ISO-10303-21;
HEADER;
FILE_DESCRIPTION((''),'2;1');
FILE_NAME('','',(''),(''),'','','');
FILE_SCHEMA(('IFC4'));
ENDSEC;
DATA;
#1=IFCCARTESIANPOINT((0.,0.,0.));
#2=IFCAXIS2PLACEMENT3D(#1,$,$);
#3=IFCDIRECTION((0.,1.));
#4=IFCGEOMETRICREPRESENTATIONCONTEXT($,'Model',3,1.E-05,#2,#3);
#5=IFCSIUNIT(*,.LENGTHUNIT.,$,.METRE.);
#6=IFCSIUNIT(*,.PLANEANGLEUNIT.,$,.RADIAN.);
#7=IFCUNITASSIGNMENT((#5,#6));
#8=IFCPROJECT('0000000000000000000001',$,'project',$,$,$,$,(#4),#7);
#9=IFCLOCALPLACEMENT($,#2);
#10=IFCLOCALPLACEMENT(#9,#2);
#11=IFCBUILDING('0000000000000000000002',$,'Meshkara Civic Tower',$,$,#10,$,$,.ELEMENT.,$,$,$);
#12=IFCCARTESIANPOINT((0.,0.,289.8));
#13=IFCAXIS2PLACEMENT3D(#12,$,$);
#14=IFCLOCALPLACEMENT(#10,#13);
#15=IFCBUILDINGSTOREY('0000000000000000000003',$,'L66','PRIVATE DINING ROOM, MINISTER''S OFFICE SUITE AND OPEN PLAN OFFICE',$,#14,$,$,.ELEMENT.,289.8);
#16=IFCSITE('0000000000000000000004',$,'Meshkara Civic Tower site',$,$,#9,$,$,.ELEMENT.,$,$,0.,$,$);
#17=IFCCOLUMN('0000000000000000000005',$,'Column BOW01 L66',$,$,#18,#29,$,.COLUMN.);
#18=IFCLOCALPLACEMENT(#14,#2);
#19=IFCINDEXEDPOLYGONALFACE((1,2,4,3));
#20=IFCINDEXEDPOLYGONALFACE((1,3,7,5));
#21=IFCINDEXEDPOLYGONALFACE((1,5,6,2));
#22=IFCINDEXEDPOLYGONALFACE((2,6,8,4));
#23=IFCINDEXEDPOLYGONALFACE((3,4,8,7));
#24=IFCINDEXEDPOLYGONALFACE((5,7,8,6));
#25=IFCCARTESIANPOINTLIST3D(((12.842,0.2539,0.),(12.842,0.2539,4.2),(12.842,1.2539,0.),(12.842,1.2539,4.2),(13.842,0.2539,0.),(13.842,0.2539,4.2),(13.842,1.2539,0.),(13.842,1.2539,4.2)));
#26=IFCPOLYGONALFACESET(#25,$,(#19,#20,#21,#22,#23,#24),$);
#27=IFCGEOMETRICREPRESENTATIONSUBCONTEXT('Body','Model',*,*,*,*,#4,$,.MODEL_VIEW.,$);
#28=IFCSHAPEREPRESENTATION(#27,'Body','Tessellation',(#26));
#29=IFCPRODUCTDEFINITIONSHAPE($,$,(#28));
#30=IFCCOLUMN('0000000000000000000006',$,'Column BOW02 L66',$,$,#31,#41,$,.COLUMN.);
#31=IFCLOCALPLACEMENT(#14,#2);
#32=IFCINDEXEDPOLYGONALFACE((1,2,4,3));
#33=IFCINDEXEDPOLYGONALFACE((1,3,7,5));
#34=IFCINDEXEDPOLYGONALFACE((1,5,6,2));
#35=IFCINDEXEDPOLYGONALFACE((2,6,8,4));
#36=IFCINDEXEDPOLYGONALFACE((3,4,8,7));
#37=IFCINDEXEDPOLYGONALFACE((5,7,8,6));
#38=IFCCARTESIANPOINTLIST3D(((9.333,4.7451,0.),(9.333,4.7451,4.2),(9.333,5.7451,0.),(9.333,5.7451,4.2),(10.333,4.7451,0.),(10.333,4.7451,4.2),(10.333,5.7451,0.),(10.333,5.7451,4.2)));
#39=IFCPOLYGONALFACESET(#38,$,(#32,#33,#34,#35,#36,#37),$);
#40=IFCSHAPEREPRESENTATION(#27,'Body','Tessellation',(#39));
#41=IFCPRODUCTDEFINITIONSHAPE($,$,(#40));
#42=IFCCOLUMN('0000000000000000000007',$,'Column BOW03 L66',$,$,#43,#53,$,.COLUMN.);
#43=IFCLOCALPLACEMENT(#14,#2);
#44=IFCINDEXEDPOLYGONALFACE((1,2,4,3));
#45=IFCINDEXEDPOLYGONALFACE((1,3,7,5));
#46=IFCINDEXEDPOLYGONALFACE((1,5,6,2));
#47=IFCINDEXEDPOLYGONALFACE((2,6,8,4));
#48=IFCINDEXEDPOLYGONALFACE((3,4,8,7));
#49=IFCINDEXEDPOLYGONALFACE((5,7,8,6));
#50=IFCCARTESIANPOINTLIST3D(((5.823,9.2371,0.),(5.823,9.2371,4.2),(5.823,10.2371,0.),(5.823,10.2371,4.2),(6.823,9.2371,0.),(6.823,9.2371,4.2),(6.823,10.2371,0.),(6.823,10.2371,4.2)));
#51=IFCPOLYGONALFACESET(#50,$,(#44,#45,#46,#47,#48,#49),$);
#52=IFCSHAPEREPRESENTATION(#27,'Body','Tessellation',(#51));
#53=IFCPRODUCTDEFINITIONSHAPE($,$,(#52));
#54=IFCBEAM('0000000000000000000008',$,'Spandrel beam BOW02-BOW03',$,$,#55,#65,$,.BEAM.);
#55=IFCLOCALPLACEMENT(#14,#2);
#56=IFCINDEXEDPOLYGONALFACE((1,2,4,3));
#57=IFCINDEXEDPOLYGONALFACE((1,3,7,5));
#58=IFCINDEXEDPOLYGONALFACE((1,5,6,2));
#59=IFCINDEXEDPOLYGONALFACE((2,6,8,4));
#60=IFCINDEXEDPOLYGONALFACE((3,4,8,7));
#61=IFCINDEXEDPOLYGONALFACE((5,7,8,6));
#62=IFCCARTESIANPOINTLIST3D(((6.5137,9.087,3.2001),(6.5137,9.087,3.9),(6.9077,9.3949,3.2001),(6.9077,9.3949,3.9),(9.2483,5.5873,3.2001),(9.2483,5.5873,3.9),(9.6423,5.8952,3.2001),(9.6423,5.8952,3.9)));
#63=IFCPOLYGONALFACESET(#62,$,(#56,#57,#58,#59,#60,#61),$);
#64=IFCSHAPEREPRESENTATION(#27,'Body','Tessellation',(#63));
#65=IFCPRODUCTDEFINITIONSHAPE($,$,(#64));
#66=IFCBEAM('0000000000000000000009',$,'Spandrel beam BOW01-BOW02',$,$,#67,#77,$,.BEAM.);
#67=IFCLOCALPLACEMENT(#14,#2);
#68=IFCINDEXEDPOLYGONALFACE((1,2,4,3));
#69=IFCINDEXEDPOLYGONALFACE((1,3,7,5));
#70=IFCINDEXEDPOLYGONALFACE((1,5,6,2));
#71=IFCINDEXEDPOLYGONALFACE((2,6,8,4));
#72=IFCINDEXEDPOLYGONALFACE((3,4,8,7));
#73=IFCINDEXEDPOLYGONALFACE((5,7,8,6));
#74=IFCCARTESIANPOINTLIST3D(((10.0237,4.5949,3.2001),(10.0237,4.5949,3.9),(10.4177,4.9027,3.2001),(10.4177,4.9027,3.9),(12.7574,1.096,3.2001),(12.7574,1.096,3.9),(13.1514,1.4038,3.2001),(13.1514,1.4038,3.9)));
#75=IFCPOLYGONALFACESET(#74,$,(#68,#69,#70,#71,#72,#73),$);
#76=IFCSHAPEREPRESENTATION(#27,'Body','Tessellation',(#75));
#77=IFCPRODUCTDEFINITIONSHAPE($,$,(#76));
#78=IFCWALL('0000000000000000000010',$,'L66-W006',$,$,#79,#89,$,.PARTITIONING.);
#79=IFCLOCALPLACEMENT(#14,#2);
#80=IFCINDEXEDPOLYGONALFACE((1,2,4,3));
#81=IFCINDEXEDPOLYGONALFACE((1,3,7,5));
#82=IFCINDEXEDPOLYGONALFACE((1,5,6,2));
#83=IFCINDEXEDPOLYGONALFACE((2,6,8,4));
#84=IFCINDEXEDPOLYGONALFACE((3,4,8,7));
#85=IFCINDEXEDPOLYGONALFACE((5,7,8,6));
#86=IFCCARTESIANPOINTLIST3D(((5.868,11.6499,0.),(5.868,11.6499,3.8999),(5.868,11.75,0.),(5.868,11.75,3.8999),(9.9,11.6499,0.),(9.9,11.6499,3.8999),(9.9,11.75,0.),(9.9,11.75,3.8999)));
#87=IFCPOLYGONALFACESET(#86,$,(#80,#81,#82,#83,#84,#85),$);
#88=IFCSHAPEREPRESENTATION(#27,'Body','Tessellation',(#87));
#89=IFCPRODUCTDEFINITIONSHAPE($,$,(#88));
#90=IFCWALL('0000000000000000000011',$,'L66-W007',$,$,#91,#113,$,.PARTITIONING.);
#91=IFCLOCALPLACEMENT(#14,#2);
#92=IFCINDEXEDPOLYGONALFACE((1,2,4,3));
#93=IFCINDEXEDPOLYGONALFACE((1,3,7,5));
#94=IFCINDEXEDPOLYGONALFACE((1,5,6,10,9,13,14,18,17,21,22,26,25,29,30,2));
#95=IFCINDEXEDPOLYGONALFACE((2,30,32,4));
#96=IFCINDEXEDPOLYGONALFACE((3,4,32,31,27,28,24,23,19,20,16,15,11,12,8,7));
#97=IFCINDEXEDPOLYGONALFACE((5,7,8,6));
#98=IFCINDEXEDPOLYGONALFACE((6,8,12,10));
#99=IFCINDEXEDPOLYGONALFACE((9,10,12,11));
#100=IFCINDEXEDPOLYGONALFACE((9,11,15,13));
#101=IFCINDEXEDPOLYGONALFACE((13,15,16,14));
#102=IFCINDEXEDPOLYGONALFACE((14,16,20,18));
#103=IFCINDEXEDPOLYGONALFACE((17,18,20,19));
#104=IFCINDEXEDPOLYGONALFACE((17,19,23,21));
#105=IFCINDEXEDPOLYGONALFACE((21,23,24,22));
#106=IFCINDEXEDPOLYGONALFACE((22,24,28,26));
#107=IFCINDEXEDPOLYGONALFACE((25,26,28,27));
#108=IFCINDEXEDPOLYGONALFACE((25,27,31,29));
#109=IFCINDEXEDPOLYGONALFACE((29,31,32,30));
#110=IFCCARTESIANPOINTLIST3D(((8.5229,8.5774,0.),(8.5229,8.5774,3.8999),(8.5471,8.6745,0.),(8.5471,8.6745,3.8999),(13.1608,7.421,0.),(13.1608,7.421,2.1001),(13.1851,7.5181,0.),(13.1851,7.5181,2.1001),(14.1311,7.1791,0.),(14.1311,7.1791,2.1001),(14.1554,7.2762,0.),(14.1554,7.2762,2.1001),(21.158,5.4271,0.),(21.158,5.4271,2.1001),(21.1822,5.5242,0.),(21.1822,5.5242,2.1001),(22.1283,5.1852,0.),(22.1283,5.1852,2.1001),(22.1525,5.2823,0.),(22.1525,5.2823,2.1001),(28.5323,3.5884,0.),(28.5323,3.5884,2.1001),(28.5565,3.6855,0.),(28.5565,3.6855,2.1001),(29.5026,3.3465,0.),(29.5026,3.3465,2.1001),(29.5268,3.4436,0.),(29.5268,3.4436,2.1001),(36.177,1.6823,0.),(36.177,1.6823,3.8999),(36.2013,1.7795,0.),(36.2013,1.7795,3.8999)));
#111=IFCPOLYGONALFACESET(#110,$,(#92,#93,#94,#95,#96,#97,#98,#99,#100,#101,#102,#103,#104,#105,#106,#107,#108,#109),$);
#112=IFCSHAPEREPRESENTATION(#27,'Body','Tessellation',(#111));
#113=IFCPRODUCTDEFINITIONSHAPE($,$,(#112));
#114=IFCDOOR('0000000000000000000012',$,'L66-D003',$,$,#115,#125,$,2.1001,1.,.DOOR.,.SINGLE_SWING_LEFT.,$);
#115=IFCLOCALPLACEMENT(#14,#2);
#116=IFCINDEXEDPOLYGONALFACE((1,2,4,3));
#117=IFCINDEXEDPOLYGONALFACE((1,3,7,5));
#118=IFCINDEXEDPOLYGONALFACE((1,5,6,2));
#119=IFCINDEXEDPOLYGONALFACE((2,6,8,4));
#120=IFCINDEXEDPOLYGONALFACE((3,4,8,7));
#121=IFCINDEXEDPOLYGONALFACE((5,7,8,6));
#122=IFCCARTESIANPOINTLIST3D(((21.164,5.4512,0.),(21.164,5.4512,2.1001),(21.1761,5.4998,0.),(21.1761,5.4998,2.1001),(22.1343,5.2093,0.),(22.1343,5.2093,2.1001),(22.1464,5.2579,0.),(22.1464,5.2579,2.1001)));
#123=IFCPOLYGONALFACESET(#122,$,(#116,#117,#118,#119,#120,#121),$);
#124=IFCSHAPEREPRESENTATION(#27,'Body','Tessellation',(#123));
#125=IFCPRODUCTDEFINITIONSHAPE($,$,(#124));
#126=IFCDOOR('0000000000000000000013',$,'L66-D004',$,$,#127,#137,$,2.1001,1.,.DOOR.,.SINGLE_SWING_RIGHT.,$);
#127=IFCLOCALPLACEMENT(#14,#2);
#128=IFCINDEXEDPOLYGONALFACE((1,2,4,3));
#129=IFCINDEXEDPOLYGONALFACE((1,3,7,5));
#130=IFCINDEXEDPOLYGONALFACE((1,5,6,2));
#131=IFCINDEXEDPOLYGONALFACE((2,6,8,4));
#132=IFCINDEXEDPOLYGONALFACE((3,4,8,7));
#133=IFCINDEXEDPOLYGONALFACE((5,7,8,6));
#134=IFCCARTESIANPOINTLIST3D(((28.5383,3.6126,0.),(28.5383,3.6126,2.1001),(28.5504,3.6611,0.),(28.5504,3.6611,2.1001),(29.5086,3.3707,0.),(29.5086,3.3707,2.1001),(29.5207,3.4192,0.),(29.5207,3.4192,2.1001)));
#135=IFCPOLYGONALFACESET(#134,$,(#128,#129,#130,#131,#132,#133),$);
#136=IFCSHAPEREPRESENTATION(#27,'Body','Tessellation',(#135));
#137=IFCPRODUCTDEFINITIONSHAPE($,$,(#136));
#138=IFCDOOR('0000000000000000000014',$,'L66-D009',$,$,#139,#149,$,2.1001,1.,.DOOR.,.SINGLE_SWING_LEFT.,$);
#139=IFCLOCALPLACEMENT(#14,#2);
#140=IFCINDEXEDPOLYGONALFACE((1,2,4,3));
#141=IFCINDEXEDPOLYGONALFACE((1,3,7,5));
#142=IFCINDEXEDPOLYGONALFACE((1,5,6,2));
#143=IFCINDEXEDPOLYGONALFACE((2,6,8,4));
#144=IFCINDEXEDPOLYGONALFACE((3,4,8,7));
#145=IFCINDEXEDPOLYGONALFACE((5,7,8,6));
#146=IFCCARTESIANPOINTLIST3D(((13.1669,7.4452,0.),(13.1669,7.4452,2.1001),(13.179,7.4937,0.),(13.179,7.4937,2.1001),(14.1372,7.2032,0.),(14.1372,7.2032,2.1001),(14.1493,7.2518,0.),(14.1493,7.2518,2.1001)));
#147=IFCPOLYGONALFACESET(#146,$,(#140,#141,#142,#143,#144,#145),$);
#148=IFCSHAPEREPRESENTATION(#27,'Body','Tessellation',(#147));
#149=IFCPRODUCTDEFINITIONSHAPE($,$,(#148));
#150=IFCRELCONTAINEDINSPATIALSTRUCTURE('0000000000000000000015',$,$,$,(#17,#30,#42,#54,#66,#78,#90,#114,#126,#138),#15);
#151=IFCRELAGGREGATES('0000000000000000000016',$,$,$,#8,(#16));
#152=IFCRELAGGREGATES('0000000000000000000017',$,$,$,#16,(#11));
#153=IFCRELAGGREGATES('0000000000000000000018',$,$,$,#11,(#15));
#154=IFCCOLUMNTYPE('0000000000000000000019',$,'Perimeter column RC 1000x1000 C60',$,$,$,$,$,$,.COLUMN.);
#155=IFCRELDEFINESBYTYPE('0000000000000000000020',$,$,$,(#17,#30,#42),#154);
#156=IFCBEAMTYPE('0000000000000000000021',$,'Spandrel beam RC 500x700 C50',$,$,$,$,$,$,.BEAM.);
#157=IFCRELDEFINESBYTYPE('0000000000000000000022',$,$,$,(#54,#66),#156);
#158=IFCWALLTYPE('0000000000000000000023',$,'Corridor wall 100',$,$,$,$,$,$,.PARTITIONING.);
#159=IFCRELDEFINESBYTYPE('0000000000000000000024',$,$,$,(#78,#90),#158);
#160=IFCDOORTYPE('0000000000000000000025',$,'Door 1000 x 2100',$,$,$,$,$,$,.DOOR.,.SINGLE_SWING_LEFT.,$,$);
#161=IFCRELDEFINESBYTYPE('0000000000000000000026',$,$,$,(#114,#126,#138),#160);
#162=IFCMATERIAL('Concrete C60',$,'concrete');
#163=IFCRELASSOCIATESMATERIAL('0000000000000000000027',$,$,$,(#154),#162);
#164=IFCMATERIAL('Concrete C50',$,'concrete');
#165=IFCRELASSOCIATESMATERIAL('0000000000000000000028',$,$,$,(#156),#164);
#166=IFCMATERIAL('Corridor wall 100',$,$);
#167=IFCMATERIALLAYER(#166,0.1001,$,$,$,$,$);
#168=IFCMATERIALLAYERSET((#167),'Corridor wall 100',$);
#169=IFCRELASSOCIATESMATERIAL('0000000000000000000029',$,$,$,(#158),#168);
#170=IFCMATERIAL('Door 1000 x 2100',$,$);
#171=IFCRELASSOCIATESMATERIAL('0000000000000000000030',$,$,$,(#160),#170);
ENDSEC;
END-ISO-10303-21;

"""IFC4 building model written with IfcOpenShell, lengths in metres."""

from ifc_helpers import new_model, si_unit, direction, frame, frame_2d, origin, origin_2d, place, context, subcontext, project, spatial, rectangle, extrude, material, layer, layer_set, material_profile, profile_set, type_object, element, fill, save


model = new_model("IFC4")

# Units and contexts
model_context = context("Model", 3, precision=1e-05, world=origin(), true_north=direction((0.0, 1.0)))
body_context = subcontext(model_context, "Body", "Model", "MODEL_VIEW")
ifc_project = project(units=[si_unit("LENGTHUNIT", "METRE"), si_unit("PLANEANGLEUNIT", "RADIAN")], contexts=[model_context])

# Site, building, storey
site_placement = place(None, origin())
site = spatial("IfcSite", under=ifc_project, at=site_placement, Name="Meshkara Civic Tower site", CompositionType="ELEMENT", RefElevation=0.0)
building_placement = place(site_placement, origin())
building = spatial("IfcBuilding", under=site, at=building_placement, Name="Meshkara Civic Tower", CompositionType="ELEMENT")
storey_placement = place(building_placement, frame((0.0, 0.0, 289.8)))
storey = spatial("IfcBuildingStorey", under=building, at=storey_placement, Name="L66", Description="PRIVATE DINING ROOM, MINISTER'S OFFICE SUITE AND OPEN PLAN OFFICE", CompositionType="ELEMENT", Elevation=289.8)

# Columns
ifc_material_1 = material(Name="Concrete C60", Category="concrete")
ifc_material_profile_1 = material_profile(ifc_material_1, rectangle(XDim=1.0, YDim=1.0, at=origin_2d()))
ifc_profile_set_1 = profile_set([ifc_material_profile_1], Name="Concrete C60")
column_type = type_object("IfcColumnType", Name="Perimeter column RC 1000x1000 C60", PredefinedType="COLUMN", material=ifc_profile_set_1)
for number, where, z_axis, x_axis, name in (
    (1, (13.342, 0.7539, 0.0), (0.0, 0.0, 1.0), (1.0, 0.0, 0.0), "Column BOW01 L66"),
    (2, (9.833, 5.2451, 0.0), (0.0, 0.0, 1.0), (1.0, 0.0, 0.0), "Column BOW02 L66"),
    (3, (6.323, 9.7371, 0.0), (0.0, 0.0, 1.0), (1.0, 0.0, 0.0), "Column BOW03 L66"),
):
    element("IfcColumn", number, at=place(storey_placement, frame(where, z_axis=z_axis, x_axis=x_axis)), inside=storey, type_object=column_type, Name=name, PredefinedType="COLUMN", context=body_context, shape_type="SweptSolid", body=[
        extrude(rectangle(XDim=1.0, YDim=1.0, at=origin_2d()), origin(), (0.0, 0.0, 1.0), 4.2),
    ])

# Beams
ifc_material_2 = material(Name="Concrete C50", Category="concrete")
ifc_material_profile_2 = material_profile(ifc_material_2, rectangle(XDim=0.5, YDim=0.7, at=origin_2d()))
ifc_profile_set_2 = profile_set([ifc_material_profile_2], Name="Concrete C50")
beam_type = type_object("IfcBeamType", Name="Spandrel beam RC 500x700 C50", PredefinedType="BEAM", material=ifc_profile_set_2)
beam_1_placement = place(storey_placement, frame((6.7107, 9.241, 3.55), z_axis=(0.615705, -0.787977, 0.0), x_axis=(0.787977, 0.615705, 0.0)))
element("IfcBeam", 4, at=beam_1_placement, inside=storey, type_object=beam_type, Name="Spandrel beam BOW02-BOW03", PredefinedType="BEAM", context=body_context, shape_type="SweptSolid", body=[
    extrude(rectangle(XDim=0.5, YDim=0.7, at=origin_2d()), origin(), (0.0, 0.0, 1.0), 4.4414),
])
beam_2_placement = place(storey_placement, frame((10.2207, 4.7488, 3.55), z_axis=(0.615675, -0.788, 0.0), x_axis=(0.788, 0.615675, 0.0)))
element("IfcBeam", 5, at=beam_2_placement, inside=storey, type_object=beam_type, Name="Spandrel beam BOW01-BOW02", PredefinedType="BEAM", context=body_context, shape_type="SweptSolid", body=[
    extrude(rectangle(XDim=0.5, YDim=0.7, at=origin_2d()), origin(), (0.0, 0.0, 1.0), 4.4402),
])

# Wall
ifc_material_3 = material(Name="Corridor wall 100")
ifc_layer_1 = layer(ifc_material_3, 0.1001)
ifc_layer_set_1 = layer_set([ifc_layer_1], Name="Corridor wall 100")
wall_type_1 = type_object("IfcWallType", Name="Corridor wall 100", PredefinedType="PARTITIONING", material=ifc_layer_set_1)
wall_1_placement = place(storey_placement, frame((5.8679, 11.7, 0.0), z_axis=(0.0, 0.0, 1.0), x_axis=(1.0, 0.0, 0.0)))
element("IfcWall", 6, at=wall_1_placement, inside=storey, type_object=wall_type_1, Name="L66-W006", PredefinedType="PARTITIONING", context=body_context, shape_type="SweptSolid", body=[
    extrude(rectangle(XDim=4.032, YDim=0.1001, at=frame_2d((2.0161, 0.0))), origin(), (0.0, 0.0, 1.0), 3.8999),
])

# Wall, openings, doors
wall_2_placement = place(storey_placement, frame((8.5349, 8.626, 0.0), z_axis=(0.0, 0.0, 1.0), x_axis=(0.970295, -0.241925, 0.0)))
wall_2 = element("IfcWall", 7, at=wall_2_placement, inside=storey, type_object=wall_type_1, Name="L66-W007", PredefinedType="PARTITIONING", context=body_context, shape_type="SweptSolid", body=[
    extrude(rectangle(XDim=28.5007, YDim=0.1001, at=frame_2d((14.2505, 0.0))), origin(), (0.0, 0.0, 1.0), 3.8999),
])
opening_1_placement = place(wall_2_placement, frame((13.022, 0.0, 0.0)))
opening_1 = element("IfcOpeningElement", 8, at=opening_1_placement, cuts=wall_2, PredefinedType="OPENING", context=body_context, shape_type="SweptSolid", body=[
    extrude(rectangle(XDim=1.0, YDim=2.1001, at=frame_2d((0.5, 1.05))), frame((0.0, 0.0601, 0.0), z_axis=(0.0, -1.0, 0.0), x_axis=(1.0, 0.0, 0.0)), (0.0, 0.0, 1.0), 0.1201),
])
opening_2_placement = place(wall_2_placement, frame((20.6221, 0.0, 0.0)))
opening_2 = element("IfcOpeningElement", 9, at=opening_2_placement, cuts=wall_2, PredefinedType="OPENING", context=body_context, shape_type="SweptSolid", body=[
    extrude(rectangle(XDim=1.0, YDim=2.1001, at=frame_2d((0.5, 1.05))), frame((0.0, 0.0601, 0.0), z_axis=(0.0, -1.0, 0.0), x_axis=(1.0, 0.0, 0.0)), (0.0, 0.0, 1.0), 0.1201),
])
opening_3_placement = place(wall_2_placement, frame((4.78, 0.0, 0.0)))
opening_3 = element("IfcOpeningElement", 10, at=opening_3_placement, cuts=wall_2, PredefinedType="OPENING", context=body_context, shape_type="SweptSolid", body=[
    extrude(rectangle(XDim=1.0, YDim=2.1001, at=frame_2d((0.5, 1.05))), frame((0.0, 0.0601, 0.0), z_axis=(0.0, -1.0, 0.0), x_axis=(1.0, 0.0, 0.0)), (0.0, 0.0, 1.0), 0.1201),
])
ifc_material_4 = material(Name="Door 1000 x 2100")
door_type = type_object("IfcDoorType", Name="Door 1000 x 2100", OperationType="SINGLE_SWING_LEFT", PredefinedType="DOOR", material=ifc_material_4)
door_1_placement = place(opening_1_placement, origin())
door_1 = element("IfcDoor", 11, at=door_1_placement, inside=storey, type_object=door_type, Name="L66-D003", OperationType="SINGLE_SWING_LEFT", OverallHeight=2.1001, OverallWidth=1.0, PredefinedType="DOOR", context=body_context, shape_type="SweptSolid", body=[
    extrude(rectangle(XDim=1.0, YDim=2.1001, at=frame_2d((0.5, 1.05))), frame((0.0, 0.0249, 0.0), z_axis=(0.0, -1.0, 0.0), x_axis=(1.0, 0.0, 0.0)), (0.0, 0.0, 1.0), 0.05),
])
fill(opening_1, door_1)
door_2_placement = place(opening_2_placement, origin())
door_2 = element("IfcDoor", 12, at=door_2_placement, inside=storey, type_object=door_type, Name="L66-D004", OperationType="SINGLE_SWING_RIGHT", OverallHeight=2.1001, OverallWidth=1.0, PredefinedType="DOOR", context=body_context, shape_type="SweptSolid", body=[
    extrude(rectangle(XDim=1.0, YDim=2.1001, at=frame_2d((0.5, 1.05))), frame((0.0, 0.0249, 0.0), z_axis=(0.0, -1.0, 0.0), x_axis=(1.0, 0.0, 0.0)), (0.0, 0.0, 1.0), 0.05),
])
fill(opening_2, door_2)
door_3_placement = place(opening_3_placement, origin())
door_3 = element("IfcDoor", 13, at=door_3_placement, inside=storey, type_object=door_type, Name="L66-D009", OperationType="SINGLE_SWING_LEFT", OverallHeight=2.1001, OverallWidth=1.0, PredefinedType="DOOR", context=body_context, shape_type="SweptSolid", body=[
    extrude(rectangle(XDim=1.0, YDim=2.1001, at=frame_2d((0.5, 1.05))), frame((0.0, 0.0249, 0.0), z_axis=(0.0, -1.0, 0.0), x_axis=(1.0, 0.0, 0.0)), (0.0, 0.0, 1.0), 0.05),
])
fill(opening_3, door_3)

save(model, "model.ifc")
